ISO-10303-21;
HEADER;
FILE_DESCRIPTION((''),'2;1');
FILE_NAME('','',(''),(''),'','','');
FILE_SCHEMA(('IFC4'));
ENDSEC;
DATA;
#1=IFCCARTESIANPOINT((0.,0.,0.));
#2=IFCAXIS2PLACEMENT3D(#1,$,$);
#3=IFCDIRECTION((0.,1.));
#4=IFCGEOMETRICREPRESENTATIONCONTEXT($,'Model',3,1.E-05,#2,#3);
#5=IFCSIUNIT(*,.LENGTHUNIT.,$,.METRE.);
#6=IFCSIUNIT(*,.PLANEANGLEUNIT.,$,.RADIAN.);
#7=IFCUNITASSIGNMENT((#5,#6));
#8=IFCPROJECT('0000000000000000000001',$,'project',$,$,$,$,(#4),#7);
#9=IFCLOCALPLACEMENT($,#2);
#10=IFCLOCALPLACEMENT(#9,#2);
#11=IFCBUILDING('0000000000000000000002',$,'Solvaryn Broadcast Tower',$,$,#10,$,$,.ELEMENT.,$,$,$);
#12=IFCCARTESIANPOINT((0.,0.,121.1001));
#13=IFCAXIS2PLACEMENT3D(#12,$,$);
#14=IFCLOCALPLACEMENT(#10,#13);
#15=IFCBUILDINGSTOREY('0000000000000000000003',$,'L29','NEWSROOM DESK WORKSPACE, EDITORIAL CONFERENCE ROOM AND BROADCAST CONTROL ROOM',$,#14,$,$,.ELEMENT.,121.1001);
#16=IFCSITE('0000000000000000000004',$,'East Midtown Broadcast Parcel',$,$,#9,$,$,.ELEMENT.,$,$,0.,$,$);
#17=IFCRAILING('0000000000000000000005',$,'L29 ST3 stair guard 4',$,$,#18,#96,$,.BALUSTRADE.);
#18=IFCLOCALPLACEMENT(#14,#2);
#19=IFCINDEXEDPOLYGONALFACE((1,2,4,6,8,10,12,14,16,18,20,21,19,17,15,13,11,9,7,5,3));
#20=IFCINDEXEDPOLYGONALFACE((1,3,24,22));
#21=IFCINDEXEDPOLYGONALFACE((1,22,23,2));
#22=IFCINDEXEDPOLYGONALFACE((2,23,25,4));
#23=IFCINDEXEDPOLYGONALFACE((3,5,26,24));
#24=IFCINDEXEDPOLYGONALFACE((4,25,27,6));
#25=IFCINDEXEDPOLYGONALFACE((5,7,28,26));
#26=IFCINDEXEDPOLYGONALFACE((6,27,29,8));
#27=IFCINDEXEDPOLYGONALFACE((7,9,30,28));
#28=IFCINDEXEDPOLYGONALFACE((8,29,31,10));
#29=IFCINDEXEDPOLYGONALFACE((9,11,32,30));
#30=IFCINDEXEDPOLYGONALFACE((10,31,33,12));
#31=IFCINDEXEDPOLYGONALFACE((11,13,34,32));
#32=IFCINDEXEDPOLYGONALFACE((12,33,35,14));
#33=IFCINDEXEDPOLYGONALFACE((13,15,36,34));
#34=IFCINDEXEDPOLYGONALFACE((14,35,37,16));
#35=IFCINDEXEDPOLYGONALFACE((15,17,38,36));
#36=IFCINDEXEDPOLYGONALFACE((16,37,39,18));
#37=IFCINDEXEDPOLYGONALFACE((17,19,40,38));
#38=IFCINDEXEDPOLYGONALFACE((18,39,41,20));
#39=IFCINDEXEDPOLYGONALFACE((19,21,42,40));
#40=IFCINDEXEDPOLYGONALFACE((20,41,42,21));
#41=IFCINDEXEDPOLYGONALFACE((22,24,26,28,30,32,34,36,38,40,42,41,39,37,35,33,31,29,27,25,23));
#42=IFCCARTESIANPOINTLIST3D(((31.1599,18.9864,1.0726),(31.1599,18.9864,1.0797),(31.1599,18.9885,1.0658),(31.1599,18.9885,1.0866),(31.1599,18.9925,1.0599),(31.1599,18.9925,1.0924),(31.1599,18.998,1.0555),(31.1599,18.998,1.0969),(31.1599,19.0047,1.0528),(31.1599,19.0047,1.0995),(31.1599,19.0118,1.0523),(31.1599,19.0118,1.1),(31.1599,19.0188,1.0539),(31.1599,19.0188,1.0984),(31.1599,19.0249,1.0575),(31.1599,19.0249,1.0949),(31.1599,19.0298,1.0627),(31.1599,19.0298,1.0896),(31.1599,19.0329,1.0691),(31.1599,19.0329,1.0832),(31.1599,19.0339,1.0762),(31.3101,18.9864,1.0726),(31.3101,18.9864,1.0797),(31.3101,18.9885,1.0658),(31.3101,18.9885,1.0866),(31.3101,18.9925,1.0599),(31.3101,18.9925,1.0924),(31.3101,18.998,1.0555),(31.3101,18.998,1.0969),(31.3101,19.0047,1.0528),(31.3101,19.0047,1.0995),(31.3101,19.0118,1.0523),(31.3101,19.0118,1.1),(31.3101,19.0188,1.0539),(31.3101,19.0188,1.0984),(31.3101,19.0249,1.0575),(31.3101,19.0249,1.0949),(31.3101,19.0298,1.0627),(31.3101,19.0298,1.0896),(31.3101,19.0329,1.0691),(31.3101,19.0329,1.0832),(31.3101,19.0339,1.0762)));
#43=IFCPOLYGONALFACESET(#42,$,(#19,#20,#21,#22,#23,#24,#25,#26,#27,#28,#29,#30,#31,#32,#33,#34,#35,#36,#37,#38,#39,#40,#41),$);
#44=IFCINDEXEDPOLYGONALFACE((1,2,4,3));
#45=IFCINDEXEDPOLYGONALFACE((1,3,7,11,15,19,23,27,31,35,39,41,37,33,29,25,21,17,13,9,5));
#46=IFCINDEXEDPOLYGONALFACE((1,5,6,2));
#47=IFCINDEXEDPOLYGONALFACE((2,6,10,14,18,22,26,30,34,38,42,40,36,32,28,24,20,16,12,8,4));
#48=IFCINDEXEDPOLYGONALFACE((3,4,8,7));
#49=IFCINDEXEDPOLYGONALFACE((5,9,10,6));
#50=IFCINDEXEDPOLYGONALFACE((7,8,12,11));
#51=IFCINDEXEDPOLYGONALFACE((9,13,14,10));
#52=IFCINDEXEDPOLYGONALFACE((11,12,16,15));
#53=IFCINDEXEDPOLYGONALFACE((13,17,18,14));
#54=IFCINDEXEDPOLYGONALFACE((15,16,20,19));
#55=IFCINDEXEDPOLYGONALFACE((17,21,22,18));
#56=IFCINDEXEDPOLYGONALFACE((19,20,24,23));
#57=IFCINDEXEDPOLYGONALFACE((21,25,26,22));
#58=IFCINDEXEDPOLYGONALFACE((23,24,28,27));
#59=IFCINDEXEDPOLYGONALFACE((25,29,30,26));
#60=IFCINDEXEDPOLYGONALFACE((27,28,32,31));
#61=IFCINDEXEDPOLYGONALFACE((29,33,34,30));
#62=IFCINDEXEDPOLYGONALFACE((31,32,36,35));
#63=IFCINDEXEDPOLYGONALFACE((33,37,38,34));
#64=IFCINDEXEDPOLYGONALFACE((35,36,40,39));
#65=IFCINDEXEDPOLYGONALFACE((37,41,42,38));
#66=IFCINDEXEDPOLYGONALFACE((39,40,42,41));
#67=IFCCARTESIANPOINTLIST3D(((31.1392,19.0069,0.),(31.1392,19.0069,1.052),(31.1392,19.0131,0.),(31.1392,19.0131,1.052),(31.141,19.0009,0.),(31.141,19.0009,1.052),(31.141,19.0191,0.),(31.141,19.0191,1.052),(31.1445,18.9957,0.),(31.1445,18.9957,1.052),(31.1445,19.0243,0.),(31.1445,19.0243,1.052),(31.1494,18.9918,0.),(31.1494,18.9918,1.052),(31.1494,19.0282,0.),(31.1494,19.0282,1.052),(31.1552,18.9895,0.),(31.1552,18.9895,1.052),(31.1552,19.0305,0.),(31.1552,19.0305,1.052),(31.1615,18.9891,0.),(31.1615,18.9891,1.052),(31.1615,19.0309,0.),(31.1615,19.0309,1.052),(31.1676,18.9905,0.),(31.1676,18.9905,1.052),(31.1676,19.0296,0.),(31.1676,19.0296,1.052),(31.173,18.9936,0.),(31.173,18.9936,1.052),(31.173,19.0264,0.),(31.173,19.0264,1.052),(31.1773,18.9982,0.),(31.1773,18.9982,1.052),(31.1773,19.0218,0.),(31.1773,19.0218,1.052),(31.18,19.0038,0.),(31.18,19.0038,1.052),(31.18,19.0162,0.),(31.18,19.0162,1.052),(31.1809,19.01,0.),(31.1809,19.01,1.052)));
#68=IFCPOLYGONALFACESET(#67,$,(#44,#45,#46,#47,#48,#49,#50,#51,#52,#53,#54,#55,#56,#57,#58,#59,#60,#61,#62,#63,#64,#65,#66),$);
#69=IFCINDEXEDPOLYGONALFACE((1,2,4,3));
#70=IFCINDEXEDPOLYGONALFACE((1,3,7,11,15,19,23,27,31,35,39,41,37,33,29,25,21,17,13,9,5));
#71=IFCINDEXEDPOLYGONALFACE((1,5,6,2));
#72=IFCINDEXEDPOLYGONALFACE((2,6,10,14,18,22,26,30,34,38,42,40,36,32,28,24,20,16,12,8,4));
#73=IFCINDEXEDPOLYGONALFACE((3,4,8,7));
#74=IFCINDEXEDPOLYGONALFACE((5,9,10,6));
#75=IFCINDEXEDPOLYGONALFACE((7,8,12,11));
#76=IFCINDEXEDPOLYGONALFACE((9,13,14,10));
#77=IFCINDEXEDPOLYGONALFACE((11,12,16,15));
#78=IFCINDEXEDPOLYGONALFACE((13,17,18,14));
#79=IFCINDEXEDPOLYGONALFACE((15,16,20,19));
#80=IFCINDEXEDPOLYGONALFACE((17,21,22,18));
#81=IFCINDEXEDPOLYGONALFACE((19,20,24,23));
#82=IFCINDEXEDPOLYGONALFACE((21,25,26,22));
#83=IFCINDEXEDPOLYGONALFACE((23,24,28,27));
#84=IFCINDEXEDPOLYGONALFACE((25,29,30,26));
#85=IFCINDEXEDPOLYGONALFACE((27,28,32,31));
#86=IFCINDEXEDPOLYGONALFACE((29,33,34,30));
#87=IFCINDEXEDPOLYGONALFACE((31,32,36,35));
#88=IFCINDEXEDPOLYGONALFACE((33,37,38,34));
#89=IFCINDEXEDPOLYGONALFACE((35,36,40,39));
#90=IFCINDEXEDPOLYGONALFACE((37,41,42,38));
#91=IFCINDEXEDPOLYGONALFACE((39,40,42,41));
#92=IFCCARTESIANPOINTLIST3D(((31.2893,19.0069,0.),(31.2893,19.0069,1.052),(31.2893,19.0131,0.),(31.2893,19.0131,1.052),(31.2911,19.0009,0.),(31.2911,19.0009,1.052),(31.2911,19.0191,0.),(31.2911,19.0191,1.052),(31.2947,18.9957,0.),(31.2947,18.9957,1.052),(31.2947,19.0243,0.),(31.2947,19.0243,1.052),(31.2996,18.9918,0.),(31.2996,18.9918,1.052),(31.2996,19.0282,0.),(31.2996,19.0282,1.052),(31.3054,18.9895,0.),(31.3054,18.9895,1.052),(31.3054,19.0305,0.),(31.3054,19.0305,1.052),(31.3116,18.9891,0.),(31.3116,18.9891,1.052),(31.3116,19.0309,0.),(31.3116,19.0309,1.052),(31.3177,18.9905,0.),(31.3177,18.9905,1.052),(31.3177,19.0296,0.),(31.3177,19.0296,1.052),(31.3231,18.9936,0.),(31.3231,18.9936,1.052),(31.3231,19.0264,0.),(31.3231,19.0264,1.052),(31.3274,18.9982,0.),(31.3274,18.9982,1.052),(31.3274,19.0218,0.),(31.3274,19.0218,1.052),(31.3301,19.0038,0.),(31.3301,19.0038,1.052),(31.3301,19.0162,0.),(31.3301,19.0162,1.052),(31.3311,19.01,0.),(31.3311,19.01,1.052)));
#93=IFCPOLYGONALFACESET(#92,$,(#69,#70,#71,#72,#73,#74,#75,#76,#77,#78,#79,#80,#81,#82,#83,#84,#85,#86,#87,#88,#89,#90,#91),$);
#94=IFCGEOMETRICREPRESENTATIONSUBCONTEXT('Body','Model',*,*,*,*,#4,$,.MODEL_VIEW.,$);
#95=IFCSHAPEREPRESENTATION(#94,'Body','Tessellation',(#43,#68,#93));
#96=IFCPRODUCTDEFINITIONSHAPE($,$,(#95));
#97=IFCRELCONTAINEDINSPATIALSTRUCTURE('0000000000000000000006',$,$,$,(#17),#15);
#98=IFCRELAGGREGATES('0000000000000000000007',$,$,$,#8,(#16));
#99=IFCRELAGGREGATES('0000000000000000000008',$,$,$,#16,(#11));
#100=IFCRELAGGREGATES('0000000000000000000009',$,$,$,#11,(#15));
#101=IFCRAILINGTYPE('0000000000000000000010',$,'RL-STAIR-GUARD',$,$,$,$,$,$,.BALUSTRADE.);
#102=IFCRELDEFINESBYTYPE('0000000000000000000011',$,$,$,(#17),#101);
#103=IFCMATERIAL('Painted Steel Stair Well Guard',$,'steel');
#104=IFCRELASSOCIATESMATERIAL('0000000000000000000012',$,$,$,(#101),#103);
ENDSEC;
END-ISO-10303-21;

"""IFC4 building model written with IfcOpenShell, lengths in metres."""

from ifc_helpers import new_model, si_unit, direction, frame, origin, origin_2d, place, context, subcontext, project, spatial, circle, extrude, material, type_object, element, save


model = new_model("IFC4")

# Units and contexts
model_context = context("Model", 3, precision=1e-05, world=origin(), true_north=direction((0.0, 1.0)))
body_context = subcontext(model_context, "Body", "Model", "MODEL_VIEW")
ifc_project = project(units=[si_unit("LENGTHUNIT", "METRE"), si_unit("PLANEANGLEUNIT", "RADIAN")], contexts=[model_context])

# Site, building, storey
site_placement = place(None, origin())
site = spatial("IfcSite", under=ifc_project, at=site_placement, Name="East Midtown Broadcast Parcel", CompositionType="ELEMENT", RefElevation=0.0)
building_placement = place(site_placement, origin())
building = spatial("IfcBuilding", under=site, at=building_placement, Name="Solvaryn Broadcast Tower", CompositionType="ELEMENT")
storey_placement = place(building_placement, frame((0.0, 0.0, 121.1001)))
storey = spatial("IfcBuildingStorey", under=building, at=storey_placement, Name="L29", Description="NEWSROOM DESK WORKSPACE, EDITORIAL CONFERENCE ROOM AND BROADCAST CONTROL ROOM", CompositionType="ELEMENT", Elevation=121.1001)

# Railing
ifc_material_1 = material(Name="Painted Steel Stair Well Guard", Category="steel")
railing_type_1 = type_object("IfcRailingType", Name="RL-STAIR-GUARD", PredefinedType="BALUSTRADE", material=ifc_material_1)
railing_1_placement = place(storey_placement, frame((31.1599, 19.01, 0.0)))
element("IfcRailing", 1, at=railing_1_placement, inside=storey, type_object=railing_type_1, Name="L29 ST3 stair guard 4", PredefinedType="BALUSTRADE", context=body_context, shape_type="SweptSolid", body=[
    extrude(circle(Radius=0.0239, at=origin_2d()), frame((0.0, 0.0, 1.0762), z_axis=(1.0, 0.0, 0.0), x_axis=(0.0, 1.0, 0.0)), (0.0, 0.0, 1.0), 0.1501),
    extrude(circle(Radius=0.021, at=origin_2d()), origin(), (0.0, 0.0, 1.0), 1.052),
    extrude(circle(Radius=0.021, at=origin_2d()), frame((0.1501, 0.0, 0.0)), (0.0, 0.0, 1.0), 1.052),
])

save(model, "model.ifc")
